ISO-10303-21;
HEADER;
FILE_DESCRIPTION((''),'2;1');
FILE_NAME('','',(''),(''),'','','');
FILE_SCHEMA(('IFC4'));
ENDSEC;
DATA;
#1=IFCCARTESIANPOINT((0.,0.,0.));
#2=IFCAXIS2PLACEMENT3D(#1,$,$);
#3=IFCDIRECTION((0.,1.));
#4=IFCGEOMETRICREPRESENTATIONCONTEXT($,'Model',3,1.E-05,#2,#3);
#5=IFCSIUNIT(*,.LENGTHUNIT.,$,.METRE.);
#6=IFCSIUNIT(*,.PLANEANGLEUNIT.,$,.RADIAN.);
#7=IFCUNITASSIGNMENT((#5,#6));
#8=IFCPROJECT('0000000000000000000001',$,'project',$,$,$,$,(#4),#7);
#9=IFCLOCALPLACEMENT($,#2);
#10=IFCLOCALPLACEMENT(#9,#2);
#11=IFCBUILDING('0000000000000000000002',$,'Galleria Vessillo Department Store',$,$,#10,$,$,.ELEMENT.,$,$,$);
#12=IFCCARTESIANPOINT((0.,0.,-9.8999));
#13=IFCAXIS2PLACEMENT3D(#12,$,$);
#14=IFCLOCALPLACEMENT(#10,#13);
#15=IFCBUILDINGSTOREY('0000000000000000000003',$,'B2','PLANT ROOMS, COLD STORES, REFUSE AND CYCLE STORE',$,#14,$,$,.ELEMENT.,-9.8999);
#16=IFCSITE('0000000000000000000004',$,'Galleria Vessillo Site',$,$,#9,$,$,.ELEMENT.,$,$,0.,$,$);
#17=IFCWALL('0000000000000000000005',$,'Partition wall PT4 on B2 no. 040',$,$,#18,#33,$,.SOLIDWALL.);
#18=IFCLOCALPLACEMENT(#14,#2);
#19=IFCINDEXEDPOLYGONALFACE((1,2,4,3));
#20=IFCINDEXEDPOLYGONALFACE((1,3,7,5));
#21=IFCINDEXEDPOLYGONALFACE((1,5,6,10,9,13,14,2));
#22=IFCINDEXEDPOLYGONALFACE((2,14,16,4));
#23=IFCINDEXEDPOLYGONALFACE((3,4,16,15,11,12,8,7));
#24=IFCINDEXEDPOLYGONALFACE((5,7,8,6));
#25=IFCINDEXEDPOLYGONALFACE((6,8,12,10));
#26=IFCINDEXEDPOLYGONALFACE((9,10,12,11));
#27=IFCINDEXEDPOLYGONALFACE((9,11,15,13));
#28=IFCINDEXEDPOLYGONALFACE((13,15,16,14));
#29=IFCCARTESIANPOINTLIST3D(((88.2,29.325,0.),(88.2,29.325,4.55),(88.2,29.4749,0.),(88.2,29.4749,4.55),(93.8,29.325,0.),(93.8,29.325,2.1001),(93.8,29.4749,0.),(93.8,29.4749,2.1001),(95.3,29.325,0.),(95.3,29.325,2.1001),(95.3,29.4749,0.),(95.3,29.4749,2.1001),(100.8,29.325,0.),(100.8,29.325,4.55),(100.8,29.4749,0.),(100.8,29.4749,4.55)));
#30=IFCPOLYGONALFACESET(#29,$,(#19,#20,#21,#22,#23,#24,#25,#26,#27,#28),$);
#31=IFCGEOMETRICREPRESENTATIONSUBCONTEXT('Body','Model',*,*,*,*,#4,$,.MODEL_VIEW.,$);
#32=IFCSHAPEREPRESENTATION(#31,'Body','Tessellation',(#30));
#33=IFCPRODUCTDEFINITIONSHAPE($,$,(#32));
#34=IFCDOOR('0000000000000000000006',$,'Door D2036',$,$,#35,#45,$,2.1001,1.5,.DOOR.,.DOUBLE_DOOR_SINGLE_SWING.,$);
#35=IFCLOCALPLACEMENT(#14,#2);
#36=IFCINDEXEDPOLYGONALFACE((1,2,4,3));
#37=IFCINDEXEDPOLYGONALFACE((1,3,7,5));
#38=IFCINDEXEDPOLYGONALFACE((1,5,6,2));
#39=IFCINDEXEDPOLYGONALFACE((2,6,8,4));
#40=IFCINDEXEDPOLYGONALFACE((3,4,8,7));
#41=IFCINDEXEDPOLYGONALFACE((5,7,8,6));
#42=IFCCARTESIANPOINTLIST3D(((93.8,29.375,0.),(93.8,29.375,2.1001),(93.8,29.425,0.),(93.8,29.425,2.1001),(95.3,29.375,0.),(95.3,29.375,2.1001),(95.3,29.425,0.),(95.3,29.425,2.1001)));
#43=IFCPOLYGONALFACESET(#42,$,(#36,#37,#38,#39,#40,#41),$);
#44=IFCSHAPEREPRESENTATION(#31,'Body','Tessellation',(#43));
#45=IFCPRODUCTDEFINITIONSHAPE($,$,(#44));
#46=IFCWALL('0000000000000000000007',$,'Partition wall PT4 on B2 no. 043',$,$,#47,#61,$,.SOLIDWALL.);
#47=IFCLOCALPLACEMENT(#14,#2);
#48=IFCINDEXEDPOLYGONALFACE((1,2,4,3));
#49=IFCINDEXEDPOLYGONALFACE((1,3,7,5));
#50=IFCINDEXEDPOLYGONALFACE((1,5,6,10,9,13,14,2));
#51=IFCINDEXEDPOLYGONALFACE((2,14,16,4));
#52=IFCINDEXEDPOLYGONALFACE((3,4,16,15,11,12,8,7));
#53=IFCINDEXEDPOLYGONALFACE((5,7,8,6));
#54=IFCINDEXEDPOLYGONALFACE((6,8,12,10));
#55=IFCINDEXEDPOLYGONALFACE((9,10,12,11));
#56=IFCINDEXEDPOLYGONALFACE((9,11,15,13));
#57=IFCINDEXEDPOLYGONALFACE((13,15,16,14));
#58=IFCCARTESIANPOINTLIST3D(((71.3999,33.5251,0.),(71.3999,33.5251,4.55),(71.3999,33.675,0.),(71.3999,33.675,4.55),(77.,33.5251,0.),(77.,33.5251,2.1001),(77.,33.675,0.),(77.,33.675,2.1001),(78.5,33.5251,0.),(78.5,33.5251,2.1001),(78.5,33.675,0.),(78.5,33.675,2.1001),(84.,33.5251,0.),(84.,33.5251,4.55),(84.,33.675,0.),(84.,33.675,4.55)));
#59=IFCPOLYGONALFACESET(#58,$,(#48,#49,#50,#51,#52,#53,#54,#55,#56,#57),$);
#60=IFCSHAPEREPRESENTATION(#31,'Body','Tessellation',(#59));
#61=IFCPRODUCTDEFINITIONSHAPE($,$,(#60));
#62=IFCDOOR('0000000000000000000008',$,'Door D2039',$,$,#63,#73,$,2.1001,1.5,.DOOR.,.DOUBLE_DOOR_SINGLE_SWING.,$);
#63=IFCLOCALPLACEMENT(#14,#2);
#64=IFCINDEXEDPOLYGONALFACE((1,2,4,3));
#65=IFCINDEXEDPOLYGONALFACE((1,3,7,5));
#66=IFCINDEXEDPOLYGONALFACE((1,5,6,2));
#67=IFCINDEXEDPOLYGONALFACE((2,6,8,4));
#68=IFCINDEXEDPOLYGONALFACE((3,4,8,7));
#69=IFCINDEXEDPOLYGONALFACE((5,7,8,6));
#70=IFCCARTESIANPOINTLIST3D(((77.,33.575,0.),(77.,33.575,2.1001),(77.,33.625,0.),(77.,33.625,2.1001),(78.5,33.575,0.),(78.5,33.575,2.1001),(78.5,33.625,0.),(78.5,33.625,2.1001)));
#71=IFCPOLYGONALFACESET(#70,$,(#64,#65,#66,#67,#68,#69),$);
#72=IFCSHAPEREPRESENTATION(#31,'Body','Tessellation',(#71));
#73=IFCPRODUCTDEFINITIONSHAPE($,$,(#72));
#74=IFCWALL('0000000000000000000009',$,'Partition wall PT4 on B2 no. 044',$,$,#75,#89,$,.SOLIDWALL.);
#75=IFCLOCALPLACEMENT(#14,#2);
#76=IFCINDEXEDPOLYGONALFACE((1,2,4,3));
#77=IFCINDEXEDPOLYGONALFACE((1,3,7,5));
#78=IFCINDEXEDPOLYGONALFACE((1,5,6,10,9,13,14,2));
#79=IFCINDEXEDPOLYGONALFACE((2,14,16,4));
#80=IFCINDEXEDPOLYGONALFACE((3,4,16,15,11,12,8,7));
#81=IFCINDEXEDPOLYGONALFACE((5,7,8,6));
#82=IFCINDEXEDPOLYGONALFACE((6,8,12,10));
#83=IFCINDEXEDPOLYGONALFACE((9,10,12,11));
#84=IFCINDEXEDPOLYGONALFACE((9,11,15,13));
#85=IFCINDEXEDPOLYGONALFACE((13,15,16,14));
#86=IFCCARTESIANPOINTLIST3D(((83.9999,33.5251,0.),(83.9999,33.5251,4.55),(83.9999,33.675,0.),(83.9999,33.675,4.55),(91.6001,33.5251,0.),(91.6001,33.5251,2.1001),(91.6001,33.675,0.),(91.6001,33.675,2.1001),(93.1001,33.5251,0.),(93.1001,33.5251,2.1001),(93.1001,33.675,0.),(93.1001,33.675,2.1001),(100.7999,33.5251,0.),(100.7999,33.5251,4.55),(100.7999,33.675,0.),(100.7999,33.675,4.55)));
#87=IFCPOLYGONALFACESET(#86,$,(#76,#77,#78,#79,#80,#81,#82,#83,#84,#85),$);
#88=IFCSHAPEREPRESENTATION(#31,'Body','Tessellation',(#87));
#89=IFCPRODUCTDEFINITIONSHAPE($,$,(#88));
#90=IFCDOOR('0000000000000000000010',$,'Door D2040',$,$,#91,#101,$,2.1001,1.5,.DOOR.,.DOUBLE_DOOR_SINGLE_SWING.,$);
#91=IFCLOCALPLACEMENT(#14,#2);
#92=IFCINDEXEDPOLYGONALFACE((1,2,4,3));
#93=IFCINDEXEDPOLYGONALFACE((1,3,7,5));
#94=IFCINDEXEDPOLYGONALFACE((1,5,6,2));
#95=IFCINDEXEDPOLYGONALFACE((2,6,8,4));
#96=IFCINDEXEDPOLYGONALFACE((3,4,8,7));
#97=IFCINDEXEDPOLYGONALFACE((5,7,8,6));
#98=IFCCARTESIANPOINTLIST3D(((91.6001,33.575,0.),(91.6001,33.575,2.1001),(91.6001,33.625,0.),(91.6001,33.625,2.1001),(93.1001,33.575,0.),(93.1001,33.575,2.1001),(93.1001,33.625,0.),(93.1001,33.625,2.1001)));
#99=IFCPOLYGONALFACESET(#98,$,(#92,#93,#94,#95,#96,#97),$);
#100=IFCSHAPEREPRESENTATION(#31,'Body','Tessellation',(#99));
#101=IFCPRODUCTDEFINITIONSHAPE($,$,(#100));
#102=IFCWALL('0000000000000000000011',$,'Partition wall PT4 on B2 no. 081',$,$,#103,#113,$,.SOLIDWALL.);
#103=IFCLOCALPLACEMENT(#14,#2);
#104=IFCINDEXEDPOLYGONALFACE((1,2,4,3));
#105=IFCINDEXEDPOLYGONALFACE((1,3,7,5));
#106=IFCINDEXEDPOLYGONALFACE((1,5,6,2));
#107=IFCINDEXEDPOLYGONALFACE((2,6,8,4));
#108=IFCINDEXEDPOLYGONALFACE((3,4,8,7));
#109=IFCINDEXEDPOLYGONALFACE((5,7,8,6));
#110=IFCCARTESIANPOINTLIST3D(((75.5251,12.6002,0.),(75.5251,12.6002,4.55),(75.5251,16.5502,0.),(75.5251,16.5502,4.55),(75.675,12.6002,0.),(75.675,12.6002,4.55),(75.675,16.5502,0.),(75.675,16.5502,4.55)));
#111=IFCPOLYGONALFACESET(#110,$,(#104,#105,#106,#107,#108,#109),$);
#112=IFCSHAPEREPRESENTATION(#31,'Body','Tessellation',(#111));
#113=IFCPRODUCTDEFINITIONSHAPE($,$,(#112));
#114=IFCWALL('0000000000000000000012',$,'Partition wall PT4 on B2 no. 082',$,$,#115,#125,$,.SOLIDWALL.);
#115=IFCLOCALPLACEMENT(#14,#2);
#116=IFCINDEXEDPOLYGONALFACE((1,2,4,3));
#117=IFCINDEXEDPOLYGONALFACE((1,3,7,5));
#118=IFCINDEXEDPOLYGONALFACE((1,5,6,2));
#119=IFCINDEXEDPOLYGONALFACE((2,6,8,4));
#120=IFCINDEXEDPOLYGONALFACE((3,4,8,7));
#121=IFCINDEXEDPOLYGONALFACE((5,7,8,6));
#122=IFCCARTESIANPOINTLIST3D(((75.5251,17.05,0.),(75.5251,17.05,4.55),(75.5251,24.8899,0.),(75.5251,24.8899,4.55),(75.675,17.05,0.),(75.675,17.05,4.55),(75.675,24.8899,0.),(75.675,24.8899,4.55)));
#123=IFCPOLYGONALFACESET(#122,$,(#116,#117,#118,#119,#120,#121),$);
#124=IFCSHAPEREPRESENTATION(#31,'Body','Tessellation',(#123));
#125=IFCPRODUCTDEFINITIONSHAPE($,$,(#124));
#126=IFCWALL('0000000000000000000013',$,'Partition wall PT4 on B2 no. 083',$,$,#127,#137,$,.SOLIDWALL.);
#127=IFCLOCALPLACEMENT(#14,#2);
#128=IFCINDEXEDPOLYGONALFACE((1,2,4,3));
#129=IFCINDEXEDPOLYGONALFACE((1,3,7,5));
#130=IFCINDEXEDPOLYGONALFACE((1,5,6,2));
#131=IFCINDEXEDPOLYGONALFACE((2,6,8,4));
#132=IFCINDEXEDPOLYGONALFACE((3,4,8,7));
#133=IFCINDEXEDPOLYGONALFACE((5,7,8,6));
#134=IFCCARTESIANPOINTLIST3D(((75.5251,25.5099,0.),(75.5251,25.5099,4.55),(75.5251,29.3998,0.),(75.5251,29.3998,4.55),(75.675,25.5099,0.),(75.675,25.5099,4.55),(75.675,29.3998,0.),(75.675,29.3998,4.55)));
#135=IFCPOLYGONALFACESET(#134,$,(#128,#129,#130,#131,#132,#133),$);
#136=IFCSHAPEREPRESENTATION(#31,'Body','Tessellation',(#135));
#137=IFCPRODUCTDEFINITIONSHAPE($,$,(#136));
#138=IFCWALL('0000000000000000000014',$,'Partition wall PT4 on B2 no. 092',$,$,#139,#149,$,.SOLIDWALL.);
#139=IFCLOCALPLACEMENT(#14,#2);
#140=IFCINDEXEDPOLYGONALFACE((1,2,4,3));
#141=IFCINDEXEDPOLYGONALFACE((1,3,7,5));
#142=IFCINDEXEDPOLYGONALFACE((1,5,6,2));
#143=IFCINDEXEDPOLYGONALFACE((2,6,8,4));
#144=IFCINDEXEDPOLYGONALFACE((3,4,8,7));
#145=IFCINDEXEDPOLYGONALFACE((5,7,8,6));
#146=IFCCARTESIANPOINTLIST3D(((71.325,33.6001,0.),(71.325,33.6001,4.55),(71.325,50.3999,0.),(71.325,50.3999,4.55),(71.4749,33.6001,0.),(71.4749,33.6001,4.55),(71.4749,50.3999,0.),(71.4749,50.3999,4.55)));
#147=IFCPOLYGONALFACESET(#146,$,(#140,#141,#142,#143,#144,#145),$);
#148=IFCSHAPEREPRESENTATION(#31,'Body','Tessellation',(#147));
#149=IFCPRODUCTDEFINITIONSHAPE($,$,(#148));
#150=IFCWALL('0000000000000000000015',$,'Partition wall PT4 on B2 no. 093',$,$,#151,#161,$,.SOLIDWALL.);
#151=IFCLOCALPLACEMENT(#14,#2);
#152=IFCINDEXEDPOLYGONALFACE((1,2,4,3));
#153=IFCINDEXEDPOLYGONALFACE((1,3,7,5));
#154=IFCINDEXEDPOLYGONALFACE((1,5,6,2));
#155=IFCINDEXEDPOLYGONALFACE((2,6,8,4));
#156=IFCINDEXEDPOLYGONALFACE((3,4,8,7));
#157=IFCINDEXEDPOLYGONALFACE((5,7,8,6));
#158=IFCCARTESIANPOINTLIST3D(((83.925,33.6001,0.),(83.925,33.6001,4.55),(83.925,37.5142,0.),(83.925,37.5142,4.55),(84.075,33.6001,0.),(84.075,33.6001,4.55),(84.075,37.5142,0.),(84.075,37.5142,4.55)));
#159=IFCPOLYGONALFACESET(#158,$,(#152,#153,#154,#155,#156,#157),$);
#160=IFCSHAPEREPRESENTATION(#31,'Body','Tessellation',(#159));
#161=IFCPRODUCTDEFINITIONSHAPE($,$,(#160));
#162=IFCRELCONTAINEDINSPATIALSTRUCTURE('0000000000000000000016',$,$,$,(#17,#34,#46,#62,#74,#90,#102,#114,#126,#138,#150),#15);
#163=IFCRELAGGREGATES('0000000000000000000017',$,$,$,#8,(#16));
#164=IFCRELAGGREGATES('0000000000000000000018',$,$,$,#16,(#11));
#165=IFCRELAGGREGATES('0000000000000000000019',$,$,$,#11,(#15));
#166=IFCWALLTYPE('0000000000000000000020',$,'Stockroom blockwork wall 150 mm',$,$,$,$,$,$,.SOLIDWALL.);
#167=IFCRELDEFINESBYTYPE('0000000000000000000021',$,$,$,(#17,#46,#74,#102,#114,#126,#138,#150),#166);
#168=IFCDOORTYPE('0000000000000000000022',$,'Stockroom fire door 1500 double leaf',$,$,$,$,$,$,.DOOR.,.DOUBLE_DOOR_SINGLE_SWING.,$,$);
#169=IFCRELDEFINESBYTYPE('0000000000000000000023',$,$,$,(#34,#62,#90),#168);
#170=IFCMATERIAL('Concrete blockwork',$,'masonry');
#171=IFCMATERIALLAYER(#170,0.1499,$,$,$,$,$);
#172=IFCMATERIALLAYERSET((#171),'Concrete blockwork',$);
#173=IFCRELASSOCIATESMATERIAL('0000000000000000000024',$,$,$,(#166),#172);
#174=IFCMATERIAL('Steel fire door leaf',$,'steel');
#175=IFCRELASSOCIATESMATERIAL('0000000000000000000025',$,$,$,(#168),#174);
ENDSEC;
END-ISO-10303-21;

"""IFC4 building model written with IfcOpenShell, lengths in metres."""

from ifc_helpers import new_model, si_unit, direction, frame, frame_2d, origin, place, context, subcontext, project, spatial, rectangle, extrude, material, layer, layer_set, type_object, element, fill, save


model = new_model("IFC4")

# Units and contexts
model_context = context("Model", 3, precision=1e-05, world=origin(), true_north=direction((0.0, 1.0)))
body_context = subcontext(model_context, "Body", "Model", "MODEL_VIEW")
ifc_project = project(units=[si_unit("LENGTHUNIT", "METRE"), si_unit("PLANEANGLEUNIT", "RADIAN")], contexts=[model_context])

# Site, building, storey
site_placement = place(None, origin())
site = spatial("IfcSite", under=ifc_project, at=site_placement, Name="Galleria Vessillo Site", CompositionType="ELEMENT", RefElevation=0.0)
building_placement = place(site_placement, origin())
building = spatial("IfcBuilding", under=site, at=building_placement, Name="Galleria Vessillo Department Store", CompositionType="ELEMENT")
storey_placement = place(building_placement, frame((0.0, 0.0, -9.8999)))
storey = spatial("IfcBuildingStorey", under=building, at=storey_placement, Name="B2", Description="PLANT ROOMS, COLD STORES, REFUSE AND CYCLE STORE", CompositionType="ELEMENT", Elevation=-9.8999)

# Walls, openings, doors
ifc_material_1 = material(Name="Concrete blockwork", Category="masonry")
ifc_layer_1 = layer(ifc_material_1, 0.1499)
ifc_layer_set_1 = layer_set([ifc_layer_1], Name="Concrete blockwork")
wall_type_1 = type_object("IfcWallType", Name="Stockroom blockwork wall 150 mm", PredefinedType="SOLIDWALL", material=ifc_layer_set_1)
ifc_material_2 = material(Name="Steel fire door leaf", Category="steel")
door_type_1 = type_object("IfcDoorType", Name="Stockroom fire door 1500 double leaf", OperationType="DOUBLE_DOOR_SINGLE_SWING", PredefinedType="DOOR", material=ifc_material_2)
wall_1_placement = place(storey_placement, frame((88.2, 29.3999, 0.0), z_axis=(0.0, 0.0, 1.0), x_axis=(1.0, 0.0, 0.0)))
wall_1 = element("IfcWall", 1, at=wall_1_placement, inside=storey, type_object=wall_type_1, Name="Partition wall PT4 on B2 no. 040", PredefinedType="SOLIDWALL", context=body_context, shape_type="SweptSolid", body=[
    extrude(rectangle(XDim=12.6001, YDim=0.1499, at=frame_2d((6.3, 0.0))), origin(), (0.0, 0.0, 1.0), 4.55),
])
opening_1_placement = place(wall_1_placement, frame((5.6001, 0.0, 0.0)))
opening_1 = element("IfcOpeningElement", 2, at=opening_1_placement, cuts=wall_1, PredefinedType="OPENING", context=body_context, shape_type="SweptSolid", body=[
    extrude(rectangle(XDim=1.5, YDim=2.1001, at=frame_2d((0.75, 1.05))), frame((0.0, 0.085, 0.0), z_axis=(0.0, -1.0, 0.0), x_axis=(1.0, 0.0, 0.0)), (0.0, 0.0, 1.0), 0.1699),
])
door_1_placement = place(opening_1_placement, frame((1.5, 0.0, 0.0), z_axis=(0.0, 0.0, 1.0), x_axis=(-1.0, 0.0, 0.0)))
door_1 = element("IfcDoor", 3, at=door_1_placement, inside=storey, type_object=door_type_1, Name="Door D2036", OperationType="DOUBLE_DOOR_SINGLE_SWING", OverallHeight=2.1001, OverallWidth=1.5, PredefinedType="DOOR", context=body_context, shape_type="SweptSolid", body=[
    extrude(rectangle(XDim=1.5, YDim=2.1001, at=frame_2d((0.75, 1.05))), frame((0.0, 0.0249, 0.0), z_axis=(0.0, -1.0, 0.0), x_axis=(1.0, 0.0, 0.0)), (0.0, 0.0, 1.0), 0.05),
])
fill(opening_1, door_1)
wall_2_placement = place(storey_placement, frame((71.3999, 33.6001, 0.0), z_axis=(0.0, 0.0, 1.0), x_axis=(1.0, 0.0, 0.0)))
wall_2 = element("IfcWall", 4, at=wall_2_placement, inside=storey, type_object=wall_type_1, Name="Partition wall PT4 on B2 no. 043", PredefinedType="SOLIDWALL", context=body_context, shape_type="SweptSolid", body=[
    extrude(rectangle(XDim=12.6001, YDim=0.1499, at=frame_2d((6.3, 0.0))), origin(), (0.0, 0.0, 1.0), 4.55),
])
opening_2_placement = place(wall_2_placement, frame((5.6001, 0.0, 0.0)))
opening_2 = element("IfcOpeningElement", 5, at=opening_2_placement, cuts=wall_2, PredefinedType="OPENING", context=body_context, shape_type="SweptSolid", body=[
    extrude(rectangle(XDim=1.5, YDim=2.1001, at=frame_2d((0.75, 1.05))), frame((0.0, 0.085, 0.0), z_axis=(0.0, -1.0, 0.0), x_axis=(1.0, 0.0, 0.0)), (0.0, 0.0, 1.0), 0.1699),
])
door_2_placement = place(opening_2_placement, origin())
door_2 = element("IfcDoor", 6, at=door_2_placement, inside=storey, type_object=door_type_1, Name="Door D2039", OperationType="DOUBLE_DOOR_SINGLE_SWING", OverallHeight=2.1001, OverallWidth=1.5, PredefinedType="DOOR", context=body_context, shape_type="SweptSolid", body=[
    extrude(rectangle(XDim=1.5, YDim=2.1001, at=frame_2d((0.75, 1.05))), frame((0.0, 0.0249, 0.0), z_axis=(0.0, -1.0, 0.0), x_axis=(1.0, 0.0, 0.0)), (0.0, 0.0, 1.0), 0.05),
])
fill(opening_2, door_2)
wall_3_placement = place(storey_placement, frame((84.0, 33.6001, 0.0), z_axis=(0.0, 0.0, 1.0), x_axis=(1.0, 0.0, 0.0)))
wall_3 = element("IfcWall", 7, at=wall_3_placement, inside=storey, type_object=wall_type_1, Name="Partition wall PT4 on B2 no. 044", PredefinedType="SOLIDWALL", context=body_context, shape_type="SweptSolid", body=[
    extrude(rectangle(XDim=16.8, YDim=0.1499, at=frame_2d((8.3999, 0.0))), origin(), (0.0, 0.0, 1.0), 4.55),
])
opening_3_placement = place(wall_3_placement, frame((7.6001, 0.0, 0.0)))
opening_3 = element("IfcOpeningElement", 8, at=opening_3_placement, cuts=wall_3, PredefinedType="OPENING", context=body_context, shape_type="SweptSolid", body=[
    extrude(rectangle(XDim=1.5, YDim=2.1001, at=frame_2d((0.75, 1.05))), frame((0.0, 0.085, 0.0), z_axis=(0.0, -1.0, 0.0), x_axis=(1.0, 0.0, 0.0)), (0.0, 0.0, 1.0), 0.1699),
])
door_3_placement = place(opening_3_placement, origin())
door_3 = element("IfcDoor", 9, at=door_3_placement, inside=storey, type_object=door_type_1, Name="Door D2040", OperationType="DOUBLE_DOOR_SINGLE_SWING", OverallHeight=2.1001, OverallWidth=1.5, PredefinedType="DOOR", context=body_context, shape_type="SweptSolid", body=[
    extrude(rectangle(XDim=1.5, YDim=2.1001, at=frame_2d((0.75, 1.05))), frame((0.0, 0.0249, 0.0), z_axis=(0.0, -1.0, 0.0), x_axis=(1.0, 0.0, 0.0)), (0.0, 0.0, 1.0), 0.05),
])
fill(opening_3, door_3)

# Walls
wall_4_placement = place(storey_placement, frame((75.6001, 12.6001, 0.0), z_axis=(0.0, 0.0, 1.0), x_axis=(0.0, 1.0, 0.0)))
element("IfcWall", 10, at=wall_4_placement, inside=storey, type_object=wall_type_1, Name="Partition wall PT4 on B2 no. 081", PredefinedType="SOLIDWALL", context=body_context, shape_type="SweptSolid", body=[
    extrude(rectangle(XDim=3.95, YDim=0.1499, at=frame_2d((1.9751, 0.0))), origin(), (0.0, 0.0, 1.0), 4.55),
])
wall_5_placement = place(storey_placement, frame((75.6001, 17.05, 0.0), z_axis=(0.0, 0.0, 1.0), x_axis=(0.0, 1.0, 0.0)))
element("IfcWall", 11, at=wall_5_placement, inside=storey, type_object=wall_type_1, Name="Partition wall PT4 on B2 no. 082", PredefinedType="SOLIDWALL", context=body_context, shape_type="SweptSolid", body=[
    extrude(rectangle(XDim=7.8398, YDim=0.1499, at=frame_2d((3.9199, 0.0))), origin(), (0.0, 0.0, 1.0), 4.55),
])
wall_6_placement = place(storey_placement, frame((75.6001, 25.51, 0.0), z_axis=(0.0, 0.0, 1.0), x_axis=(0.0, 1.0, 0.0)))
element("IfcWall", 12, at=wall_6_placement, inside=storey, type_object=wall_type_1, Name="Partition wall PT4 on B2 no. 083", PredefinedType="SOLIDWALL", context=body_context, shape_type="SweptSolid", body=[
    extrude(rectangle(XDim=3.8899, YDim=0.1499, at=frame_2d((1.9448, 0.0))), origin(), (0.0, 0.0, 1.0), 4.55),
])
wall_7_placement = place(storey_placement, frame((71.3999, 33.6001, 0.0), z_axis=(0.0, 0.0, 1.0), x_axis=(0.0, 1.0, 0.0)))
element("IfcWall", 13, at=wall_7_placement, inside=storey, type_object=wall_type_1, Name="Partition wall PT4 on B2 no. 092", PredefinedType="SOLIDWALL", context=body_context, shape_type="SweptSolid", body=[
    extrude(rectangle(XDim=16.7998, YDim=0.1499, at=frame_2d((8.3999, 0.0))), origin(), (0.0, 0.0, 1.0), 4.55),
])
wall_8_placement = place(storey_placement, frame((84.0, 33.6001, 0.0), z_axis=(0.0, 0.0, 1.0), x_axis=(0.0, 1.0, 0.0)))
element("IfcWall", 14, at=wall_8_placement, inside=storey, type_object=wall_type_1, Name="Partition wall PT4 on B2 no. 093", PredefinedType="SOLIDWALL", context=body_context, shape_type="SweptSolid", body=[
    extrude(rectangle(XDim=3.9141, YDim=0.1499, at=frame_2d((1.957, 0.0))), origin(), (0.0, 0.0, 1.0), 4.55),
])

save(model, "model.ifc")
